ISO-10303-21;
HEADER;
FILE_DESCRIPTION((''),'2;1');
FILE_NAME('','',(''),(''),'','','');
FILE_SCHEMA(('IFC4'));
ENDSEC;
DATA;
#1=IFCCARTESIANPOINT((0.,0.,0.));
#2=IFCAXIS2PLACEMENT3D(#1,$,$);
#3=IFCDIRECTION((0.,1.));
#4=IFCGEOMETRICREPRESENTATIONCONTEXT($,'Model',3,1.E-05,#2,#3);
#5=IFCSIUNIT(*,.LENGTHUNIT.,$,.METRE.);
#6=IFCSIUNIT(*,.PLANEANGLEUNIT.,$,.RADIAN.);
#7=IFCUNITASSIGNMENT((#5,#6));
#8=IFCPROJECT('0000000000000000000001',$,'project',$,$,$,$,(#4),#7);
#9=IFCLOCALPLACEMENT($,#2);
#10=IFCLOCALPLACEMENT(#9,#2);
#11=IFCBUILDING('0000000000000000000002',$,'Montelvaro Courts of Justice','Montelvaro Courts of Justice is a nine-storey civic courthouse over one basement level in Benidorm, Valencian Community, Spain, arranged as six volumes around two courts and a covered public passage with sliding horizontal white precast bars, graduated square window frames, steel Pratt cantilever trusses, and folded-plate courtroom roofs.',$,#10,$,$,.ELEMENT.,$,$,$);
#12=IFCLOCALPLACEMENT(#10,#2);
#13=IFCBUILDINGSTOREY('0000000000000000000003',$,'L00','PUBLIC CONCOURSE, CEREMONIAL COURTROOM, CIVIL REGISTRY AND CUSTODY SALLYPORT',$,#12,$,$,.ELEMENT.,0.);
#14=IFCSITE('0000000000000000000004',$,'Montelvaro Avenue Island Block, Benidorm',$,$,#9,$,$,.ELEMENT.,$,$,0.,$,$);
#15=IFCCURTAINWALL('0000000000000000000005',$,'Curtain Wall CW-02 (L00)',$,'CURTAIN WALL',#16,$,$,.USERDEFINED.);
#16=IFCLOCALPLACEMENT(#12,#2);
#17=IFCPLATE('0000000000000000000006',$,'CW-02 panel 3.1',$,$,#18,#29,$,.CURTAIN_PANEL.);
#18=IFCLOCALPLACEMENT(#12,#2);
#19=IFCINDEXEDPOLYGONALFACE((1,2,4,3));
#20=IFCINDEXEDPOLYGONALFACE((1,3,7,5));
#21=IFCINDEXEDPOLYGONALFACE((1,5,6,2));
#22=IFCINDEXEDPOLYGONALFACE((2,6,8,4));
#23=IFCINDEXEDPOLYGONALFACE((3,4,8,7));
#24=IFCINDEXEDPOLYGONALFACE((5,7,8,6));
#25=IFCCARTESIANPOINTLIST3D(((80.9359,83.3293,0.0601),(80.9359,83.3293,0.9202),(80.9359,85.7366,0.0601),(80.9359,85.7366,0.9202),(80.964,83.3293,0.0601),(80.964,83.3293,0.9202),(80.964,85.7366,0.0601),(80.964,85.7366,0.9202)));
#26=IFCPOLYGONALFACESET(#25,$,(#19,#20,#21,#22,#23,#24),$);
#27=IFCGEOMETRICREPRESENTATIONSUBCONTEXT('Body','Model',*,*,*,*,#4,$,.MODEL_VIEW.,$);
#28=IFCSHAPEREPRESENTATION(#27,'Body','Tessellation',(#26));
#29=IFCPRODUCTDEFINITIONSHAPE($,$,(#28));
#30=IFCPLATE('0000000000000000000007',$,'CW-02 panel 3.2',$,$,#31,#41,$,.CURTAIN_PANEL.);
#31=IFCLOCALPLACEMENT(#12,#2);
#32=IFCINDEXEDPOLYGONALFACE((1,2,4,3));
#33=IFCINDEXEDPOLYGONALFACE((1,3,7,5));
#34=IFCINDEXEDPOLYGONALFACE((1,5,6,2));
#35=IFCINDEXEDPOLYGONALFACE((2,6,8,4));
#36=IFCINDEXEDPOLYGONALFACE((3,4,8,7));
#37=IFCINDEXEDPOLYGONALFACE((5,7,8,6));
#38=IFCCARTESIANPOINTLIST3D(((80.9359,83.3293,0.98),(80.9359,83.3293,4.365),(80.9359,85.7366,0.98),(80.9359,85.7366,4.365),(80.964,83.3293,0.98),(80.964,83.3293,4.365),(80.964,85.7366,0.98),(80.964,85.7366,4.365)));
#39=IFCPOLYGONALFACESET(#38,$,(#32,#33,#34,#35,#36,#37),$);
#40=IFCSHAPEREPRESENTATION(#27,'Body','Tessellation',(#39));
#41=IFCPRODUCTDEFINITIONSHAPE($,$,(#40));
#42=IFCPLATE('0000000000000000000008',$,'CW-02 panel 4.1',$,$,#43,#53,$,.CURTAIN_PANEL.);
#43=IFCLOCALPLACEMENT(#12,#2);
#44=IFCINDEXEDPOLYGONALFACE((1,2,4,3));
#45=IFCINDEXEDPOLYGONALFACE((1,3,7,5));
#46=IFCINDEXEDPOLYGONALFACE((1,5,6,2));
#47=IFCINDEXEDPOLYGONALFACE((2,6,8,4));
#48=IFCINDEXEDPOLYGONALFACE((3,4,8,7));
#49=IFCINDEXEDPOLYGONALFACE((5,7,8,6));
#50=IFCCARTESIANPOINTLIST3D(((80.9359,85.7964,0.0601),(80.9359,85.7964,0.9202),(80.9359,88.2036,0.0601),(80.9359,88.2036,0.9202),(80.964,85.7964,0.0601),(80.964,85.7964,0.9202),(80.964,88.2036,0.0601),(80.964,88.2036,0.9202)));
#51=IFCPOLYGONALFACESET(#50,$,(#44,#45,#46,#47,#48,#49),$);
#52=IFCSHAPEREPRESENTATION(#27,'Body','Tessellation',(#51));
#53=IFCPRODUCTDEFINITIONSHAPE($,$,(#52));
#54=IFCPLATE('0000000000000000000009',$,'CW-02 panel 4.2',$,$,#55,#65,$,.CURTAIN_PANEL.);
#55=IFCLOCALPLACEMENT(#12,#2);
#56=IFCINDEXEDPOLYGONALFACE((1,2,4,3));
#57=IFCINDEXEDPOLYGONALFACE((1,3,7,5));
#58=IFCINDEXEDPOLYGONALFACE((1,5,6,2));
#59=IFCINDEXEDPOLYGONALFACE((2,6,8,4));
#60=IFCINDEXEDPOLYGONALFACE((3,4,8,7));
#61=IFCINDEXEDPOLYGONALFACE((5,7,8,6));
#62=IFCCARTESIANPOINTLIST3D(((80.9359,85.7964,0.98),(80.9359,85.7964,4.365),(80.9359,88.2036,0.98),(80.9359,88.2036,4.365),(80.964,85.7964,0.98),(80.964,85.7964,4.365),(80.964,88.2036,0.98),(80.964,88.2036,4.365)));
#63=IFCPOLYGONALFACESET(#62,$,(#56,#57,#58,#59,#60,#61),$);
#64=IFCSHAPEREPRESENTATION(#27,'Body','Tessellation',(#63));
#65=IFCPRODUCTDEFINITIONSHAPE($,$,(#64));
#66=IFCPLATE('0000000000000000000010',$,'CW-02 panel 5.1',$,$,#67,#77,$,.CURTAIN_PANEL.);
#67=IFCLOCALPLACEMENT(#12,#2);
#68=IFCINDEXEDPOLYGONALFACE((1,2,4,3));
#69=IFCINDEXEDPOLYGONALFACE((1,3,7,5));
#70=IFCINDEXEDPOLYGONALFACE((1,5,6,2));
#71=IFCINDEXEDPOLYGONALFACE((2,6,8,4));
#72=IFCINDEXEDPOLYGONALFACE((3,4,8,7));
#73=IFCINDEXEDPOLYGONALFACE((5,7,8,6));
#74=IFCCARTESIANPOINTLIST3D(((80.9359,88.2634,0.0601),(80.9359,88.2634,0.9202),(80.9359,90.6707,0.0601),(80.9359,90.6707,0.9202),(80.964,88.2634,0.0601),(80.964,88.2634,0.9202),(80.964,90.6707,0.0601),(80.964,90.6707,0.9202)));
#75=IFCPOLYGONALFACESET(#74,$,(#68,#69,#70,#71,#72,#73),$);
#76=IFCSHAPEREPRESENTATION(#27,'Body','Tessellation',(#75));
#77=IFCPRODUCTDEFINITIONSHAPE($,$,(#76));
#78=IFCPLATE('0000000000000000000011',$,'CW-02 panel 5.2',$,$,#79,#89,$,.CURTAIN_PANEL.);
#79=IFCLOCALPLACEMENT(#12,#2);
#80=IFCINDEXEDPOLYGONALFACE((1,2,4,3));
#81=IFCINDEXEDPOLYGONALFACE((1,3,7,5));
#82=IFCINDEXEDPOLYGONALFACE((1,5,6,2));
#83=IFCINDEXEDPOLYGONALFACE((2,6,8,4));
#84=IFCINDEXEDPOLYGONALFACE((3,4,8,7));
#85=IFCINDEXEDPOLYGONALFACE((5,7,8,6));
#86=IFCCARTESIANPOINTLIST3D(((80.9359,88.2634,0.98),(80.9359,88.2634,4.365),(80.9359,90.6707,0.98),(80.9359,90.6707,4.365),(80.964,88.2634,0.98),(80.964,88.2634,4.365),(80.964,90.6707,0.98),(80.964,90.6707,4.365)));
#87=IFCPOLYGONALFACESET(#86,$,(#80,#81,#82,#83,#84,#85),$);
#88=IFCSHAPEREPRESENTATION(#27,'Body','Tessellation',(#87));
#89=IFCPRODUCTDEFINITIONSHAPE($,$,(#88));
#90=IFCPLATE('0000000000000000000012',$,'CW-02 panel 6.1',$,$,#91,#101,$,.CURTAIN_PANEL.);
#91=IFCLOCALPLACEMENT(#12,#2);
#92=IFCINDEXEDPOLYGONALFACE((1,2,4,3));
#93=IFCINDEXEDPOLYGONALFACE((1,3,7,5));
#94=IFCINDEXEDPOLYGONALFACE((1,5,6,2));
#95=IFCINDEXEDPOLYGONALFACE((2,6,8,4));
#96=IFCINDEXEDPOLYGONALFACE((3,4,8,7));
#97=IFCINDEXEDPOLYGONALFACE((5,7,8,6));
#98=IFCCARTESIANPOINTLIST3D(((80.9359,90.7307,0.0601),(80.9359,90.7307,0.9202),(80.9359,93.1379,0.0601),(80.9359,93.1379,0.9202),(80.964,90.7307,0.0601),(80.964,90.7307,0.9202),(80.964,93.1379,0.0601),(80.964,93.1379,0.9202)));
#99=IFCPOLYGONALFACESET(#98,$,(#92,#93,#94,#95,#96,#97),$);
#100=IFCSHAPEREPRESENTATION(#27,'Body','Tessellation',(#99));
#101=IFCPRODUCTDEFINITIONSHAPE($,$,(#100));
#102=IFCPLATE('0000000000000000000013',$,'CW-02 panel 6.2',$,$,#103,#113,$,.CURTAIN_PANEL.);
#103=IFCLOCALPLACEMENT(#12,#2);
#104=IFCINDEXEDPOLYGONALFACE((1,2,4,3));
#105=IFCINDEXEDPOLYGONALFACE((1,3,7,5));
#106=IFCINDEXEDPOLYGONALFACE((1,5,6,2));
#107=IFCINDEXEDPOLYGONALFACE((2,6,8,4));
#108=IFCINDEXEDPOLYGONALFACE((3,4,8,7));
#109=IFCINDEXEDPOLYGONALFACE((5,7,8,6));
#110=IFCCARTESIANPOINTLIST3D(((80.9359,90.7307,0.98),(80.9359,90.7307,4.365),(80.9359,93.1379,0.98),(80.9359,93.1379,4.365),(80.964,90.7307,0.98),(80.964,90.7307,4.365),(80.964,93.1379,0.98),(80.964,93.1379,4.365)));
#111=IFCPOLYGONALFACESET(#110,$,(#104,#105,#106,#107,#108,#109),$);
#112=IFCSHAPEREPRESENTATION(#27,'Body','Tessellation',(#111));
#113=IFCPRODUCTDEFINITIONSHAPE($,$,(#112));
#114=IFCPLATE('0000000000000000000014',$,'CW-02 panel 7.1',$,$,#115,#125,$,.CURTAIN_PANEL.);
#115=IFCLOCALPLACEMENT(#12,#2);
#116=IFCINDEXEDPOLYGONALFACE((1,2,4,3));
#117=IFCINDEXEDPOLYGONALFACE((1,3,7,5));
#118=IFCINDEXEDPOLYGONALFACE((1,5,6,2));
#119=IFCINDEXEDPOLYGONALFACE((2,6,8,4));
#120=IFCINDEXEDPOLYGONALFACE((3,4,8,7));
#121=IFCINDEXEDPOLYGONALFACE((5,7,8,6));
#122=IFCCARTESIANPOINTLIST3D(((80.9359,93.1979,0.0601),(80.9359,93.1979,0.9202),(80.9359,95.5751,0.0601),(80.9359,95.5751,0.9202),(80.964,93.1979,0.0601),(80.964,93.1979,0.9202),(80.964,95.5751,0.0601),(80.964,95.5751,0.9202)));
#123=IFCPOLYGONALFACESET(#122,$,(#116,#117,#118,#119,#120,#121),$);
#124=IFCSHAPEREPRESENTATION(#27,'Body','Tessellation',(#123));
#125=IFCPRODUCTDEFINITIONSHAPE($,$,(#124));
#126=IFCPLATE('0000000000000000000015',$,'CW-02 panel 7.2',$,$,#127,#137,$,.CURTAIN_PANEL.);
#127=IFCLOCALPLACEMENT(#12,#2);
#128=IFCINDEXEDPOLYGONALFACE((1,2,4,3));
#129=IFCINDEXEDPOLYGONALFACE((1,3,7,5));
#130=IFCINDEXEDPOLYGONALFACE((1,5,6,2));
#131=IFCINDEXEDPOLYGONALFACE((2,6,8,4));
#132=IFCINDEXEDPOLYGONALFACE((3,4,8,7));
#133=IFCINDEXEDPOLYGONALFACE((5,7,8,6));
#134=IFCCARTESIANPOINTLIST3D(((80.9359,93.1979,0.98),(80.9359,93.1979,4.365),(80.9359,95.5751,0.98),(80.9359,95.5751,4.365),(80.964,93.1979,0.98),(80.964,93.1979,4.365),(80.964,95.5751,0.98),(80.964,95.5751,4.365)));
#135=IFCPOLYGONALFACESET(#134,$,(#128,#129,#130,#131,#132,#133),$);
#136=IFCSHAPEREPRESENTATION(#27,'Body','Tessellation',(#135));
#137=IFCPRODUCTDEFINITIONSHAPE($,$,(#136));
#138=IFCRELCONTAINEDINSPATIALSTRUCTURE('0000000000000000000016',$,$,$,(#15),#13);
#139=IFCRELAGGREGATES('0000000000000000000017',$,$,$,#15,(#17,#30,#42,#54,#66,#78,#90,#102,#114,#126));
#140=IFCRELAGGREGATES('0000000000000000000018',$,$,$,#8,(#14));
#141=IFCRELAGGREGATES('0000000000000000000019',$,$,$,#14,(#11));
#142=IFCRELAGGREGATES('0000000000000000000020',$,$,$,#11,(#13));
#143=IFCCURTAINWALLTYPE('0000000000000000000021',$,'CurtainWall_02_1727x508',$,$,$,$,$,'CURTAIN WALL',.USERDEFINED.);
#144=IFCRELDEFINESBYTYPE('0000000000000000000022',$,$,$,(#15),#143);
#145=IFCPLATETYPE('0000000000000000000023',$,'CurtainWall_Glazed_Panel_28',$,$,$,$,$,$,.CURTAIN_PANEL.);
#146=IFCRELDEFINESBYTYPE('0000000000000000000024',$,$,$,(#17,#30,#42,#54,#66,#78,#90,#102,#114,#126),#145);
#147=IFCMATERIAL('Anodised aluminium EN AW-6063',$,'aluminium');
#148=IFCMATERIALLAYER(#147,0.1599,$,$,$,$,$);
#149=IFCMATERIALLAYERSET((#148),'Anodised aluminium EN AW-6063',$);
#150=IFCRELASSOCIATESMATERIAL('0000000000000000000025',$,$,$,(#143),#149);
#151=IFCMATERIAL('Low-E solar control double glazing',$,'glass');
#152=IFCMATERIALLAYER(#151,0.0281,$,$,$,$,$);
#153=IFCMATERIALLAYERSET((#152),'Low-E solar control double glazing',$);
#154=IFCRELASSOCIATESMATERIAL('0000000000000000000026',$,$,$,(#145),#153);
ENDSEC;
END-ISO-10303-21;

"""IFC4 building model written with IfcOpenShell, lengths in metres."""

from ifc_helpers import new_model, si_unit, direction, frame, origin, origin_2d, place, context, subcontext, project, spatial, rectangle, extrude, material, layer, layer_set, type_object, element, aggregate, save


model = new_model("IFC4")

# Units and contexts
model_context = context("Model", 3, precision=1e-05, world=origin(), true_north=direction((0.0, 1.0)))
body_context = subcontext(model_context, "Body", "Model", "MODEL_VIEW")
ifc_project = project(units=[si_unit("LENGTHUNIT", "METRE"), si_unit("PLANEANGLEUNIT", "RADIAN")], contexts=[model_context])

# Site, building, storey
site_placement = place(None, origin())
site = spatial("IfcSite", under=ifc_project, at=site_placement, Name="Montelvaro Avenue Island Block, Benidorm", CompositionType="ELEMENT", RefElevation=0.0)
building_placement = place(site_placement, origin())
building = spatial("IfcBuilding", under=site, at=building_placement, Name="Montelvaro Courts of Justice", Description="Montelvaro Courts of Justice is a nine-storey civic courthouse over one basement level in Benidorm, Valencian Community, Spain, arranged as six volumes around two courts and a covered public passage with sliding horizontal white precast bars, graduated square window frames, steel Pratt cantilever trusses, and folded-plate courtroom roofs.", CompositionType="ELEMENT")
storey_placement = place(building_placement, origin())
storey = spatial("IfcBuildingStorey", under=building, at=storey_placement, Name="L00", Description="PUBLIC CONCOURSE, CEREMONIAL COURTROOM, CIVIL REGISTRY AND CUSTODY SALLYPORT", CompositionType="ELEMENT", Elevation=0.0)

# Curtain wall
ifc_material_1 = material(Name="Anodised aluminium EN AW-6063", Category="aluminium")
ifc_layer_1 = layer(ifc_material_1, 0.1599)
ifc_layer_set_1 = layer_set([ifc_layer_1], Name="Anodised aluminium EN AW-6063")
curtain_wall_type_1 = type_object("IfcCurtainWallType", Name="CurtainWall_02_1727x508", ElementType="CURTAIN WALL", PredefinedType="USERDEFINED", material=ifc_layer_set_1)
curtain_wall_1_placement = place(storey_placement, origin())
curtain_wall_1 = element("IfcCurtainWall", 1, at=curtain_wall_1_placement, inside=storey, type_object=curtain_wall_type_1, Name="Curtain Wall CW-02 (L00)", ObjectType="CURTAIN WALL", PredefinedType="USERDEFINED")

# Plates
ifc_material_2 = material(Name="Low-E solar control double glazing", Category="glass")
ifc_layer_2 = layer(ifc_material_2, 0.0281)
ifc_layer_set_2 = layer_set([ifc_layer_2], Name="Low-E solar control double glazing")
plate_type = type_object("IfcPlateType", Name="CurtainWall_Glazed_Panel_28", PredefinedType="CURTAIN_PANEL", material=ifc_layer_set_2)
plate_1_placement = place(storey_placement, frame((80.95, 84.533, 0.0601), z_axis=(0.0, 0.0, 1.0), x_axis=(0.0, 1.0, 0.0)))
plate_1 = element("IfcPlate", 2, at=plate_1_placement, type_object=plate_type, Name="CW-02 panel 3.1", PredefinedType="CURTAIN_PANEL", context=body_context, shape_type="SweptSolid", body=[
    extrude(rectangle(XDim=2.4072, YDim=0.0281, at=origin_2d()), origin(), (0.0, 0.0, 1.0), 0.8601),
])
plate_2_placement = place(storey_placement, frame((80.95, 84.533, 0.98), z_axis=(0.0, 0.0, 1.0), x_axis=(0.0, 1.0, 0.0)))
plate_2 = element("IfcPlate", 3, at=plate_2_placement, type_object=plate_type, Name="CW-02 panel 3.2", PredefinedType="CURTAIN_PANEL", context=body_context, shape_type="SweptSolid", body=[
    extrude(rectangle(XDim=2.4072, YDim=0.0281, at=origin_2d()), origin(), (0.0, 0.0, 1.0), 3.385),
])
plate_3_placement = place(storey_placement, frame((80.95, 87.0, 0.0601), z_axis=(0.0, 0.0, 1.0), x_axis=(0.0, 1.0, 0.0)))
plate_3 = element("IfcPlate", 4, at=plate_3_placement, type_object=plate_type, Name="CW-02 panel 4.1", PredefinedType="CURTAIN_PANEL", context=body_context, shape_type="SweptSolid", body=[
    extrude(rectangle(XDim=2.4072, YDim=0.0281, at=origin_2d()), origin(), (0.0, 0.0, 1.0), 0.8601),
])
plate_4_placement = place(storey_placement, frame((80.95, 87.0, 0.98), z_axis=(0.0, 0.0, 1.0), x_axis=(0.0, 1.0, 0.0)))
plate_4 = element("IfcPlate", 5, at=plate_4_placement, type_object=plate_type, Name="CW-02 panel 4.2", PredefinedType="CURTAIN_PANEL", context=body_context, shape_type="SweptSolid", body=[
    extrude(rectangle(XDim=2.4072, YDim=0.0281, at=origin_2d()), origin(), (0.0, 0.0, 1.0), 3.385),
])
plate_5_placement = place(storey_placement, frame((80.95, 89.467, 0.0601), z_axis=(0.0, 0.0, 1.0), x_axis=(0.0, 1.0, 0.0)))
plate_5 = element("IfcPlate", 6, at=plate_5_placement, type_object=plate_type, Name="CW-02 panel 5.1", PredefinedType="CURTAIN_PANEL", context=body_context, shape_type="SweptSolid", body=[
    extrude(rectangle(XDim=2.4072, YDim=0.0281, at=origin_2d()), origin(), (0.0, 0.0, 1.0), 0.8601),
])
plate_6_placement = place(storey_placement, frame((80.95, 89.467, 0.98), z_axis=(0.0, 0.0, 1.0), x_axis=(0.0, 1.0, 0.0)))
plate_6 = element("IfcPlate", 7, at=plate_6_placement, type_object=plate_type, Name="CW-02 panel 5.2", PredefinedType="CURTAIN_PANEL", context=body_context, shape_type="SweptSolid", body=[
    extrude(rectangle(XDim=2.4072, YDim=0.0281, at=origin_2d()), origin(), (0.0, 0.0, 1.0), 3.385),
])
plate_7_placement = place(storey_placement, frame((80.95, 91.9343, 0.0601), z_axis=(0.0, 0.0, 1.0), x_axis=(0.0, 1.0, 0.0)))
plate_7 = element("IfcPlate", 8, at=plate_7_placement, type_object=plate_type, Name="CW-02 panel 6.1", PredefinedType="CURTAIN_PANEL", context=body_context, shape_type="SweptSolid", body=[
    extrude(rectangle(XDim=2.4072, YDim=0.0281, at=origin_2d()), origin(), (0.0, 0.0, 1.0), 0.8601),
])
plate_8_placement = place(storey_placement, frame((80.95, 91.9343, 0.98), z_axis=(0.0, 0.0, 1.0), x_axis=(0.0, 1.0, 0.0)))
plate_8 = element("IfcPlate", 9, at=plate_8_placement, type_object=plate_type, Name="CW-02 panel 6.2", PredefinedType="CURTAIN_PANEL", context=body_context, shape_type="SweptSolid", body=[
    extrude(rectangle(XDim=2.4072, YDim=0.0281, at=origin_2d()), origin(), (0.0, 0.0, 1.0), 3.385),
])
plate_9_placement = place(storey_placement, frame((80.95, 94.3865, 0.0601), z_axis=(0.0, 0.0, 1.0), x_axis=(0.0, 1.0, 0.0)))
plate_9 = element("IfcPlate", 10, at=plate_9_placement, type_object=plate_type, Name="CW-02 panel 7.1", PredefinedType="CURTAIN_PANEL", context=body_context, shape_type="SweptSolid", body=[
    extrude(rectangle(XDim=2.3772, YDim=0.0281, at=origin_2d()), origin(), (0.0, 0.0, 1.0), 0.8601),
])
plate_10_placement = place(storey_placement, frame((80.95, 94.3865, 0.98), z_axis=(0.0, 0.0, 1.0), x_axis=(0.0, 1.0, 0.0)))
plate_10 = element("IfcPlate", 11, at=plate_10_placement, type_object=plate_type, Name="CW-02 panel 7.2", PredefinedType="CURTAIN_PANEL", context=body_context, shape_type="SweptSolid", body=[
    extrude(rectangle(XDim=2.3772, YDim=0.0281, at=origin_2d()), origin(), (0.0, 0.0, 1.0), 3.385),
])
aggregate(curtain_wall_1, [plate_1, plate_2, plate_3, plate_4, plate_5, plate_6, plate_7, plate_8, plate_9, plate_10])

save(model, "model.ifc")
